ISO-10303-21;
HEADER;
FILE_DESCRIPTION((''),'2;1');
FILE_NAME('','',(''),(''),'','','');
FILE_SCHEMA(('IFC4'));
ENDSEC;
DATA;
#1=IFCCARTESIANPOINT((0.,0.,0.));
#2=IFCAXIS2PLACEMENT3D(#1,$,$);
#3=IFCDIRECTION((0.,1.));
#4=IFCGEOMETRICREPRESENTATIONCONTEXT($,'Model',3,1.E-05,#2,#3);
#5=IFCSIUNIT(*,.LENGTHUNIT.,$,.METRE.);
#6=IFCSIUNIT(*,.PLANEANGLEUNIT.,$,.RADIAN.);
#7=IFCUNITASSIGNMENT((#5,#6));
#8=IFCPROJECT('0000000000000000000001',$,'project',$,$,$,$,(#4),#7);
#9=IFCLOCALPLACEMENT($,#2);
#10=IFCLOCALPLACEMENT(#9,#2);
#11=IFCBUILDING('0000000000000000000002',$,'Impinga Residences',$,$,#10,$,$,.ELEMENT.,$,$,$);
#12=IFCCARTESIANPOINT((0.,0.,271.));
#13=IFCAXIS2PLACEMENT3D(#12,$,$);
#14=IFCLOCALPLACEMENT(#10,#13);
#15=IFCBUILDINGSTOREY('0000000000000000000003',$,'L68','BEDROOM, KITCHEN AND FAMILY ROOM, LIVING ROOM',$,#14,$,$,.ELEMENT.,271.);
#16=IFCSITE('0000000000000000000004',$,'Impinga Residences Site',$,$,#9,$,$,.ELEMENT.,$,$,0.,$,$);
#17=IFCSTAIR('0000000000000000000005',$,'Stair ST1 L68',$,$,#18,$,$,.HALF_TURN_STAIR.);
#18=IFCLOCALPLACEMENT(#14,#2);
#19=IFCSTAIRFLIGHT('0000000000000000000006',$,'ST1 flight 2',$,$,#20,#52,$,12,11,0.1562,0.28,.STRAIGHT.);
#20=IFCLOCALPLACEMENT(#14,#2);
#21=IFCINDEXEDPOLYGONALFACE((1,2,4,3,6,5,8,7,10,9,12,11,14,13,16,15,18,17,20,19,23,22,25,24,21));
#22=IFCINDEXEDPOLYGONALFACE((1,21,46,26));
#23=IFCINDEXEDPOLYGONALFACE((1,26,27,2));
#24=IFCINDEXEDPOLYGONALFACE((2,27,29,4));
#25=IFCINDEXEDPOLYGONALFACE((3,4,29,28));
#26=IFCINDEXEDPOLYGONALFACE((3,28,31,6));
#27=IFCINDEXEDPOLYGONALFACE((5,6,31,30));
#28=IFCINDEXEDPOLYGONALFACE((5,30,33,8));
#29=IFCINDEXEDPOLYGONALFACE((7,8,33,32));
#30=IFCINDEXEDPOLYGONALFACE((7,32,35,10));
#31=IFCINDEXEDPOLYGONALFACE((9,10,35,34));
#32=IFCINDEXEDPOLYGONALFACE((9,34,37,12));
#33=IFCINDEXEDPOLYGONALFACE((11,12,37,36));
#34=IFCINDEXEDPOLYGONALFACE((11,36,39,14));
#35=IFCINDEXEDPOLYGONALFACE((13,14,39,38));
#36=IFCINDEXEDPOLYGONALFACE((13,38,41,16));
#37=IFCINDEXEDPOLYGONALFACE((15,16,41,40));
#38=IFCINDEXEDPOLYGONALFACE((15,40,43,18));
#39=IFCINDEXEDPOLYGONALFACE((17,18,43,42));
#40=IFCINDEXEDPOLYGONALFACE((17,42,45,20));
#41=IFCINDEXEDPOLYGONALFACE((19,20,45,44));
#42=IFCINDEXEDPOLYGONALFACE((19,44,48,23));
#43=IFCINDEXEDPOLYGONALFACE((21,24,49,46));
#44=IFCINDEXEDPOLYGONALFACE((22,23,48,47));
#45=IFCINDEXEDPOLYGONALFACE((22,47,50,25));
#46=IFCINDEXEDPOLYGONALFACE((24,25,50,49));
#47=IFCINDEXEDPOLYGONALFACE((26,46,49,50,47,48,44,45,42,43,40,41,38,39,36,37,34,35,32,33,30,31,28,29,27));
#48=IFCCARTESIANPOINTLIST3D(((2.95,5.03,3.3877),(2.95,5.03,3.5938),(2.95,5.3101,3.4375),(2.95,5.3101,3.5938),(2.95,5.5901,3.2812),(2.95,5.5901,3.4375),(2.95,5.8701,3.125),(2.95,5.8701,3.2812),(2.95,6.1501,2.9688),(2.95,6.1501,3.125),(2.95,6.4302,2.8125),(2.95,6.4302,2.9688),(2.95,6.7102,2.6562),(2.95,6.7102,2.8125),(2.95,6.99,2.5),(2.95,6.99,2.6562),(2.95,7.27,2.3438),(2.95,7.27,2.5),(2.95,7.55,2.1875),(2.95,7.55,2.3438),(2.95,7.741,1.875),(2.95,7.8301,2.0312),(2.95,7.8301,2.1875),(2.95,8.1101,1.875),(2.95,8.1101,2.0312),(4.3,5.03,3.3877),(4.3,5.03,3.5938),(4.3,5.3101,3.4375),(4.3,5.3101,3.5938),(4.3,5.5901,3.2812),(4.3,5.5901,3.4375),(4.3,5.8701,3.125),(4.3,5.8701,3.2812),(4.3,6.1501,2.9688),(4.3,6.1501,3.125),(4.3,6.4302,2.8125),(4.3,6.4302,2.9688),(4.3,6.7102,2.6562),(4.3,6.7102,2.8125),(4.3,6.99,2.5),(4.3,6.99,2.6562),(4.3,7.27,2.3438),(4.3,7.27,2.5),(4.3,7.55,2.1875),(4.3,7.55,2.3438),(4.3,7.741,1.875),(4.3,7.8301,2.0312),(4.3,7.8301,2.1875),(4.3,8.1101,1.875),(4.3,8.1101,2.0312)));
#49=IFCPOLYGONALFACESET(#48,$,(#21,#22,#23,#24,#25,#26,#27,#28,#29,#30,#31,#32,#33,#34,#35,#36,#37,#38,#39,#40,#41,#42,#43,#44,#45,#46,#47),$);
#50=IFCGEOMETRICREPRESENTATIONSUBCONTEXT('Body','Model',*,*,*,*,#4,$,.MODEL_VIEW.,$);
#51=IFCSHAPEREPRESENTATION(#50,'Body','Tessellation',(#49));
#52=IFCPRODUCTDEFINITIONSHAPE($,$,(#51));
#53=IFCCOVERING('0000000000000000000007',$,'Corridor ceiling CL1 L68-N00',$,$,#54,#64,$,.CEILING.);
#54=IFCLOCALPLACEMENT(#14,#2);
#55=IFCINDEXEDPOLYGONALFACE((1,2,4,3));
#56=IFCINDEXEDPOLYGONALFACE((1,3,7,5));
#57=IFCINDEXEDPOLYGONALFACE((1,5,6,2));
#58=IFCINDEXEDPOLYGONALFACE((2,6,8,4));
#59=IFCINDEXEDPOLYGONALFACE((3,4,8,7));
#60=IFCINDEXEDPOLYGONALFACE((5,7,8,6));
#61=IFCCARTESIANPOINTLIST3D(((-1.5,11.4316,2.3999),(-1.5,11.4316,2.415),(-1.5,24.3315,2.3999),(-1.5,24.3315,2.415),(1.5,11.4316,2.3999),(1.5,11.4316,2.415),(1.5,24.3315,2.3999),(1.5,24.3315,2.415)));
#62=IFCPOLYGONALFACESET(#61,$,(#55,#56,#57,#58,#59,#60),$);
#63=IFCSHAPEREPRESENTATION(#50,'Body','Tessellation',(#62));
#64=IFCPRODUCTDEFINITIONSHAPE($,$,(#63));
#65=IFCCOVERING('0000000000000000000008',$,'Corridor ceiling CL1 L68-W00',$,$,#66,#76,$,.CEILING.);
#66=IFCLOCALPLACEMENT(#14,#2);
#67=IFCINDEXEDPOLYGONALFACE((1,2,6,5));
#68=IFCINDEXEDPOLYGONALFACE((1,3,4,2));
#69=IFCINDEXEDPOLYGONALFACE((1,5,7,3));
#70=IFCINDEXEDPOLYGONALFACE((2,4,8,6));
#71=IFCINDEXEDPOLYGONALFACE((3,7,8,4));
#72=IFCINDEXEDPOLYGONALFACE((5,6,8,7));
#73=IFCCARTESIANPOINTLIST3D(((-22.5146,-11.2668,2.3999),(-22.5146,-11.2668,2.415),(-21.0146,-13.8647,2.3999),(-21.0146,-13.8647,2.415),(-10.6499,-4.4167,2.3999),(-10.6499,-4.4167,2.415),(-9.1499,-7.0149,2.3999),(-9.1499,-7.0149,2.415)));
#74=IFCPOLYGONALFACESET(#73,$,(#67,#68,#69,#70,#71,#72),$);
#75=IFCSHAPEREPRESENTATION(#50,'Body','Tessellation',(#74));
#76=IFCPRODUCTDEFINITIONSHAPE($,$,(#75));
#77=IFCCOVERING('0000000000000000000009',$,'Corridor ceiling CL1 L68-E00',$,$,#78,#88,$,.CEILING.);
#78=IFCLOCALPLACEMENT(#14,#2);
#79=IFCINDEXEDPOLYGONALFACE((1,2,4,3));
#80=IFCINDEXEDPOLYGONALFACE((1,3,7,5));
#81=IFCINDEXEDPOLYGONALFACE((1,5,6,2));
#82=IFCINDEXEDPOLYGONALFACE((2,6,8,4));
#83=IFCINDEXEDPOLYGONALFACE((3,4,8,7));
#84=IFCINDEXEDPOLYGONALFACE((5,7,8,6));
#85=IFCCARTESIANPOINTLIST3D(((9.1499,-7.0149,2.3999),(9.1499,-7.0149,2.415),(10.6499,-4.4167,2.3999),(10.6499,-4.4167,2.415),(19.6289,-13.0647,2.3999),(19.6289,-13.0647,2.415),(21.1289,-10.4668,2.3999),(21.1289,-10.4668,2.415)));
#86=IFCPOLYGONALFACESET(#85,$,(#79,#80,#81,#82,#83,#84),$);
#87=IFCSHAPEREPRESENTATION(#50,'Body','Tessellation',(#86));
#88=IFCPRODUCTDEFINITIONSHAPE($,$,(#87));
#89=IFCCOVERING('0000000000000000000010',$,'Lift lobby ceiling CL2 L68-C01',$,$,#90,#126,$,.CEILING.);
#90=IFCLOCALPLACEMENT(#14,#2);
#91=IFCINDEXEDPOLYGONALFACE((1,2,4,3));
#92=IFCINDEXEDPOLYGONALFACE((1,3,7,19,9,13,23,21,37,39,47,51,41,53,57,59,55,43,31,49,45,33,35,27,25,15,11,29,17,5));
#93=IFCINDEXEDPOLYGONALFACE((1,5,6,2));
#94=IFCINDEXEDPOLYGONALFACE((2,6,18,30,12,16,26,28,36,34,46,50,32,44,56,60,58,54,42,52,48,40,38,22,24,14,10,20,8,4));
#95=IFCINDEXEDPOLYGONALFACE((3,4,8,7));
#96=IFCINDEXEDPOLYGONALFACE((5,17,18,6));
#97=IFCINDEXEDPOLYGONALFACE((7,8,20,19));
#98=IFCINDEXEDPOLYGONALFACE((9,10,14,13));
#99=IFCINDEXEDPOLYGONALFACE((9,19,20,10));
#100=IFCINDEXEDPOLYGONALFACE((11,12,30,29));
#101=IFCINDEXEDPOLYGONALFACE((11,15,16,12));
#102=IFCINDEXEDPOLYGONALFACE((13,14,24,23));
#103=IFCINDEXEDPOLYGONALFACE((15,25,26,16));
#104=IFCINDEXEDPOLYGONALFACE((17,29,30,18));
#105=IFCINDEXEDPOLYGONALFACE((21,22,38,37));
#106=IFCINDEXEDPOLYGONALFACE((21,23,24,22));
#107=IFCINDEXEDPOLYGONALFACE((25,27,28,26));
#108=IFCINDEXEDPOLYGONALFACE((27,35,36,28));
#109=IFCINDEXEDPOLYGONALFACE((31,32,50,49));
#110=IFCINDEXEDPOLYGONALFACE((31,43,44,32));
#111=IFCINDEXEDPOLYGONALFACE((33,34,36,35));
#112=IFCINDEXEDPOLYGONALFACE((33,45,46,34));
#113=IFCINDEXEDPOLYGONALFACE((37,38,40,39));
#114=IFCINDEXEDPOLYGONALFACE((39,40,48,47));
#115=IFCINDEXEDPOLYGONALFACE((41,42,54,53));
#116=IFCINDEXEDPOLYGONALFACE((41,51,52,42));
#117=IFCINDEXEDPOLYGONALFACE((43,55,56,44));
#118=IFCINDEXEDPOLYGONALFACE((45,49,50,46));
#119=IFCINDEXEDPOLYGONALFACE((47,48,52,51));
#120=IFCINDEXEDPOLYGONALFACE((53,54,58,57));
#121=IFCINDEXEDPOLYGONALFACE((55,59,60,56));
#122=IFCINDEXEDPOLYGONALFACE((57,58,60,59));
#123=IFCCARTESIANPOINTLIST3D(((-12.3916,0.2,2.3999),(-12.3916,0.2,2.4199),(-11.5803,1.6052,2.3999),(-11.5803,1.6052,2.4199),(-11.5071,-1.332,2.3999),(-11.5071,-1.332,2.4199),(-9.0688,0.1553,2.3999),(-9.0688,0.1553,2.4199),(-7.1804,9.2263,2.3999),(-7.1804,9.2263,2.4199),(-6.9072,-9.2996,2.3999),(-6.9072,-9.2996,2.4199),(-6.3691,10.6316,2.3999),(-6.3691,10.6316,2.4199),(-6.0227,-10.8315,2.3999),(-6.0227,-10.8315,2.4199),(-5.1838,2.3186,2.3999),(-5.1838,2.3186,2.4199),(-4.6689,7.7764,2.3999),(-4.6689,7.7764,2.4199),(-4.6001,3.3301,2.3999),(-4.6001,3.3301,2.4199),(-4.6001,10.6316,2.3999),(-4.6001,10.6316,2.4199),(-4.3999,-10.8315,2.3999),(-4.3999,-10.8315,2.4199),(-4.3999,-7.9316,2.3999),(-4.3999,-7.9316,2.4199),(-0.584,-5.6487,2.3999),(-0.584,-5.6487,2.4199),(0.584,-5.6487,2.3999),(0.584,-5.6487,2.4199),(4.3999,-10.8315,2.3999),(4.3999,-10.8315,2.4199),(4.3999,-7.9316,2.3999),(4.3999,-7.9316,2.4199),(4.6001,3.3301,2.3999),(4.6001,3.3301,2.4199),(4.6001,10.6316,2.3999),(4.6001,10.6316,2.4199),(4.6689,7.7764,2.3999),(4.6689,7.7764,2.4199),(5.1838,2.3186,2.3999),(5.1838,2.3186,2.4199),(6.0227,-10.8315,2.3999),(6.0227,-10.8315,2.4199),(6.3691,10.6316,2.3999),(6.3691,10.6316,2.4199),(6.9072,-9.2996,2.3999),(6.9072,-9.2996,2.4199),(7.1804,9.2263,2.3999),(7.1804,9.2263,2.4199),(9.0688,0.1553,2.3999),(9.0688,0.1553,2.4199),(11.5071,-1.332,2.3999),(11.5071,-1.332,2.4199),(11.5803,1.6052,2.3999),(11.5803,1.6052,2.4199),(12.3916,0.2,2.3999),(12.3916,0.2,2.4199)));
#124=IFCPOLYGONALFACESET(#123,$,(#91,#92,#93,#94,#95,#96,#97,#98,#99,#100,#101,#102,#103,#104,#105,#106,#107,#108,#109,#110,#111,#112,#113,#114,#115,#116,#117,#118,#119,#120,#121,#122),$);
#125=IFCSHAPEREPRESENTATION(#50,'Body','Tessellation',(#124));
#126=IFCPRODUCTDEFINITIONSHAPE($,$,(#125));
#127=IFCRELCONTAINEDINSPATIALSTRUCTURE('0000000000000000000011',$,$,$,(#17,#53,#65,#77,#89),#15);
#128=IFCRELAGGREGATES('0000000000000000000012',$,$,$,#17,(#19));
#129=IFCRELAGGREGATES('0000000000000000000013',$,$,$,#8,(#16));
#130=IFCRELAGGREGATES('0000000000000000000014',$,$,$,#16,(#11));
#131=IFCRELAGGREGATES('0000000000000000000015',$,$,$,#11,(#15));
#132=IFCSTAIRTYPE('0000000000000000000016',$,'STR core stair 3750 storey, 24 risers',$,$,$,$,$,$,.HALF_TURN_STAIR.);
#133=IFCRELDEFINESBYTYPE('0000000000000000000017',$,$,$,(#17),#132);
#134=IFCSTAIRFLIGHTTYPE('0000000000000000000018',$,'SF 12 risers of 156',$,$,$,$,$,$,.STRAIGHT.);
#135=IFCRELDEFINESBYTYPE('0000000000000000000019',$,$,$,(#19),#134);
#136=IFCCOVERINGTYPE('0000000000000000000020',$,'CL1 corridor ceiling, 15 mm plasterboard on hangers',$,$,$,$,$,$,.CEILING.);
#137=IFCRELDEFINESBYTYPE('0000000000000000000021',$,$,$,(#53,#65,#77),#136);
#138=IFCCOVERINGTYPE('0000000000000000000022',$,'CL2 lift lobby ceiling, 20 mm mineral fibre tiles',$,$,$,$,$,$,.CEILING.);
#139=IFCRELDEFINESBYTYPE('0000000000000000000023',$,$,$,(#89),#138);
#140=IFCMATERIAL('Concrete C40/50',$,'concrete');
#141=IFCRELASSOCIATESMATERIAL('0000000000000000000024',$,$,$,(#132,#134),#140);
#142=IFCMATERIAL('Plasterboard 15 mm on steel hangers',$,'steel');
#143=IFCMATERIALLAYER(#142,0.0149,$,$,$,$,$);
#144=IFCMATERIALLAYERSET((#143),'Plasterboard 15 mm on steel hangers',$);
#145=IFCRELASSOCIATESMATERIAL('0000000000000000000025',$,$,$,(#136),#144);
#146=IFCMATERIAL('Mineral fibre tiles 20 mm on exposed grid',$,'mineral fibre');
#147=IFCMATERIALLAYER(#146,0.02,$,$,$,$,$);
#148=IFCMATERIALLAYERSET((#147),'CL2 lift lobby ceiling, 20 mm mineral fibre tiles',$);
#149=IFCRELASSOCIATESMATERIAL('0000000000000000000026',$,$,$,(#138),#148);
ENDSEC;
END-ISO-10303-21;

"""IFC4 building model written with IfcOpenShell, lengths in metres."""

from ifc_helpers import new_model, si_unit, direction, frame, origin, place, context, subcontext, project, spatial, polyline, outline, extrude, material, layer, layer_set, type_object, element, aggregate, save


model = new_model("IFC4")

# Units and contexts
model_context = context("Model", 3, precision=1e-05, world=origin(), true_north=direction((0.0, 1.0)))
body_context = subcontext(model_context, "Body", "Model", "MODEL_VIEW")
ifc_project = project(units=[si_unit("LENGTHUNIT", "METRE"), si_unit("PLANEANGLEUNIT", "RADIAN")], contexts=[model_context])

# Site, building, storey
site_placement = place(None, origin())
site = spatial("IfcSite", under=ifc_project, at=site_placement, Name="Impinga Residences Site", CompositionType="ELEMENT", RefElevation=0.0)
building_placement = place(site_placement, origin())
building = spatial("IfcBuilding", under=site, at=building_placement, Name="Impinga Residences", CompositionType="ELEMENT")
storey_placement = place(building_placement, frame((0.0, 0.0, 271.0)))
storey = spatial("IfcBuildingStorey", under=building, at=storey_placement, Name="L68", Description="BEDROOM, KITCHEN AND FAMILY ROOM, LIVING ROOM", CompositionType="ELEMENT", Elevation=271.0)

# Shared definitions
ifc_material_1 = material(Name="Concrete C40/50", Category="concrete")
stair_type_1 = type_object("IfcStairType", Name="STR core stair 3750 storey, 24 risers", PredefinedType="HALF_TURN_STAIR", material=ifc_material_1)

# Stair, stair flight
stair_1_placement = place(storey_placement, origin())
stair_1 = element("IfcStair", 1, at=stair_1_placement, inside=storey, type_object=stair_type_1, Name="Stair ST1 L68", PredefinedType="HALF_TURN_STAIR")
stair_flight_type = type_object("IfcStairFlightType", Name="SF 12 risers of 156", PredefinedType="STRAIGHT", material=ifc_material_1)
stair_flight_1_placement = place(storey_placement, frame((3.625, 8.1101, 1.875), z_axis=(0.0, 0.0, 1.0), x_axis=(0.0, -1.0, 0.0)))
stair_flight_1 = element("IfcStairFlight", 2, at=stair_flight_1_placement, type_object=stair_flight_type, Name="ST1 flight 2", NumberOfRisers=12, NumberOfTreads=11, PredefinedType="STRAIGHT", RiserHeight=0.1562, TreadLength=0.28, context=body_context, shape_type="SweptSolid", body=[
    extrude(outline(polyline([(0.0, 0.0), (0.0, 0.1562), (0.28, 0.1562), (0.28, 0.3125), (0.5601, 0.3125), (0.5601, 0.4688), (0.8401, 0.4688), (0.8401, 0.625), (1.1201, 0.625), (1.1201, 0.7812), (1.3999, 0.7812), (1.3999, 0.9375), (1.6799, 0.9375), (1.6799, 1.0938), (1.96, 1.0938), (1.96, 1.25), (2.24, 1.25), (2.24, 1.4062), (2.52, 1.4062), (2.52, 1.5625), (2.8, 1.5625), (2.8, 1.7188), (3.0801, 1.7188), (3.0801, 1.875), (3.0801, 1.5127), (0.3691, 0.0), (0.0, 0.0)])), frame((0.0, 0.675, 0.0), z_axis=(0.0, -1.0, 0.0), x_axis=(1.0, 0.0, 0.0)), (0.0, 0.0, 1.0), 1.3501),
])
aggregate(stair_1, [stair_flight_1])

# Coverings
ifc_material_2 = material(Name="Plasterboard 15 mm on steel hangers", Category="steel")
ifc_layer_1 = layer(ifc_material_2, 0.0149)
ifc_layer_set_1 = layer_set([ifc_layer_1], Name="Plasterboard 15 mm on steel hangers")
covering_type_1 = type_object("IfcCoveringType", Name="CL1 corridor ceiling, 15 mm plasterboard on hangers", PredefinedType="CEILING", material=ifc_layer_set_1)
covering_1_placement = place(storey_placement, frame((0.0, 0.0, 2.3999)))
element("IfcCovering", 3, at=covering_1_placement, inside=storey, type_object=covering_type_1, Name="Corridor ceiling CL1 L68-N00", PredefinedType="CEILING", context=body_context, shape_type="SweptSolid", body=[
    extrude(outline(polyline([(-1.5, 11.4316), (1.5, 11.4316), (1.5, 24.3315), (-1.5, 24.3315), (-1.5, 11.4316)])), origin(), (0.0, 0.0, 1.0), 0.0151),
])
covering_2_placement = place(storey_placement, frame((0.0, 0.0, 2.3999)))
element("IfcCovering", 4, at=covering_2_placement, inside=storey, type_object=covering_type_1, Name="Corridor ceiling CL1 L68-W00", PredefinedType="CEILING", context=body_context, shape_type="SweptSolid", body=[
    extrude(outline(polyline([(-9.1499, -7.0149), (-10.6499, -4.4167), (-22.5146, -11.2668), (-21.0146, -13.8647), (-9.1499, -7.0149)])), origin(), (0.0, 0.0, 1.0), 0.0151),
])
covering_3_placement = place(storey_placement, frame((0.0, 0.0, 2.3999)))
element("IfcCovering", 5, at=covering_3_placement, inside=storey, type_object=covering_type_1, Name="Corridor ceiling CL1 L68-E00", PredefinedType="CEILING", context=body_context, shape_type="SweptSolid", body=[
    extrude(outline(polyline([(10.6499, -4.4167), (9.1499, -7.0149), (19.6289, -13.0647), (21.1289, -10.4668), (10.6499, -4.4167)])), origin(), (0.0, 0.0, 1.0), 0.0151),
])
ifc_material_3 = material(Name="Mineral fibre tiles 20 mm on exposed grid", Category="mineral fibre")
ifc_layer_2 = layer(ifc_material_3, 0.02)
ifc_layer_set_2 = layer_set([ifc_layer_2], Name="CL2 lift lobby ceiling, 20 mm mineral fibre tiles")
covering_type_2 = type_object("IfcCoveringType", Name="CL2 lift lobby ceiling, 20 mm mineral fibre tiles", PredefinedType="CEILING", material=ifc_layer_set_2)
covering_4_placement = place(storey_placement, frame((0.0, 0.0, 2.3999)))
element("IfcCovering", 6, at=covering_4_placement, inside=storey, type_object=covering_type_2, Name="Lift lobby ceiling CL2 L68-C01", PredefinedType="CEILING", context=body_context, shape_type="SweptSolid", body=[
    extrude(outline(polyline([(12.3916, 0.2), (11.5071, -1.332), (5.1838, 2.3186), (0.584, -5.6487), (6.9072, -9.2996), (6.0227, -10.8315), (4.3999, -10.8315), (4.3999, -7.9316), (-4.3999, -7.9316), (-4.3999, -10.8315), (-6.0227, -10.8315), (-6.9072, -9.2996), (-0.584, -5.6487), (-5.1838, 2.3186), (-11.5071, -1.332), (-12.3916, 0.2), (-11.5803, 1.6052), (-9.0688, 0.1553), (-4.6689, 7.7764), (-7.1804, 9.2263), (-6.3691, 10.6316), (-4.6001, 10.6316), (-4.6001, 3.3301), (4.6001, 3.3301), (4.6001, 10.6316), (6.3691, 10.6316), (7.1804, 9.2263), (4.6689, 7.7764), (9.0688, 0.1553), (11.5803, 1.6052), (12.3916, 0.2)])), origin(), (0.0, 0.0, 1.0), 0.02),
])

save(model, "model.ifc")
